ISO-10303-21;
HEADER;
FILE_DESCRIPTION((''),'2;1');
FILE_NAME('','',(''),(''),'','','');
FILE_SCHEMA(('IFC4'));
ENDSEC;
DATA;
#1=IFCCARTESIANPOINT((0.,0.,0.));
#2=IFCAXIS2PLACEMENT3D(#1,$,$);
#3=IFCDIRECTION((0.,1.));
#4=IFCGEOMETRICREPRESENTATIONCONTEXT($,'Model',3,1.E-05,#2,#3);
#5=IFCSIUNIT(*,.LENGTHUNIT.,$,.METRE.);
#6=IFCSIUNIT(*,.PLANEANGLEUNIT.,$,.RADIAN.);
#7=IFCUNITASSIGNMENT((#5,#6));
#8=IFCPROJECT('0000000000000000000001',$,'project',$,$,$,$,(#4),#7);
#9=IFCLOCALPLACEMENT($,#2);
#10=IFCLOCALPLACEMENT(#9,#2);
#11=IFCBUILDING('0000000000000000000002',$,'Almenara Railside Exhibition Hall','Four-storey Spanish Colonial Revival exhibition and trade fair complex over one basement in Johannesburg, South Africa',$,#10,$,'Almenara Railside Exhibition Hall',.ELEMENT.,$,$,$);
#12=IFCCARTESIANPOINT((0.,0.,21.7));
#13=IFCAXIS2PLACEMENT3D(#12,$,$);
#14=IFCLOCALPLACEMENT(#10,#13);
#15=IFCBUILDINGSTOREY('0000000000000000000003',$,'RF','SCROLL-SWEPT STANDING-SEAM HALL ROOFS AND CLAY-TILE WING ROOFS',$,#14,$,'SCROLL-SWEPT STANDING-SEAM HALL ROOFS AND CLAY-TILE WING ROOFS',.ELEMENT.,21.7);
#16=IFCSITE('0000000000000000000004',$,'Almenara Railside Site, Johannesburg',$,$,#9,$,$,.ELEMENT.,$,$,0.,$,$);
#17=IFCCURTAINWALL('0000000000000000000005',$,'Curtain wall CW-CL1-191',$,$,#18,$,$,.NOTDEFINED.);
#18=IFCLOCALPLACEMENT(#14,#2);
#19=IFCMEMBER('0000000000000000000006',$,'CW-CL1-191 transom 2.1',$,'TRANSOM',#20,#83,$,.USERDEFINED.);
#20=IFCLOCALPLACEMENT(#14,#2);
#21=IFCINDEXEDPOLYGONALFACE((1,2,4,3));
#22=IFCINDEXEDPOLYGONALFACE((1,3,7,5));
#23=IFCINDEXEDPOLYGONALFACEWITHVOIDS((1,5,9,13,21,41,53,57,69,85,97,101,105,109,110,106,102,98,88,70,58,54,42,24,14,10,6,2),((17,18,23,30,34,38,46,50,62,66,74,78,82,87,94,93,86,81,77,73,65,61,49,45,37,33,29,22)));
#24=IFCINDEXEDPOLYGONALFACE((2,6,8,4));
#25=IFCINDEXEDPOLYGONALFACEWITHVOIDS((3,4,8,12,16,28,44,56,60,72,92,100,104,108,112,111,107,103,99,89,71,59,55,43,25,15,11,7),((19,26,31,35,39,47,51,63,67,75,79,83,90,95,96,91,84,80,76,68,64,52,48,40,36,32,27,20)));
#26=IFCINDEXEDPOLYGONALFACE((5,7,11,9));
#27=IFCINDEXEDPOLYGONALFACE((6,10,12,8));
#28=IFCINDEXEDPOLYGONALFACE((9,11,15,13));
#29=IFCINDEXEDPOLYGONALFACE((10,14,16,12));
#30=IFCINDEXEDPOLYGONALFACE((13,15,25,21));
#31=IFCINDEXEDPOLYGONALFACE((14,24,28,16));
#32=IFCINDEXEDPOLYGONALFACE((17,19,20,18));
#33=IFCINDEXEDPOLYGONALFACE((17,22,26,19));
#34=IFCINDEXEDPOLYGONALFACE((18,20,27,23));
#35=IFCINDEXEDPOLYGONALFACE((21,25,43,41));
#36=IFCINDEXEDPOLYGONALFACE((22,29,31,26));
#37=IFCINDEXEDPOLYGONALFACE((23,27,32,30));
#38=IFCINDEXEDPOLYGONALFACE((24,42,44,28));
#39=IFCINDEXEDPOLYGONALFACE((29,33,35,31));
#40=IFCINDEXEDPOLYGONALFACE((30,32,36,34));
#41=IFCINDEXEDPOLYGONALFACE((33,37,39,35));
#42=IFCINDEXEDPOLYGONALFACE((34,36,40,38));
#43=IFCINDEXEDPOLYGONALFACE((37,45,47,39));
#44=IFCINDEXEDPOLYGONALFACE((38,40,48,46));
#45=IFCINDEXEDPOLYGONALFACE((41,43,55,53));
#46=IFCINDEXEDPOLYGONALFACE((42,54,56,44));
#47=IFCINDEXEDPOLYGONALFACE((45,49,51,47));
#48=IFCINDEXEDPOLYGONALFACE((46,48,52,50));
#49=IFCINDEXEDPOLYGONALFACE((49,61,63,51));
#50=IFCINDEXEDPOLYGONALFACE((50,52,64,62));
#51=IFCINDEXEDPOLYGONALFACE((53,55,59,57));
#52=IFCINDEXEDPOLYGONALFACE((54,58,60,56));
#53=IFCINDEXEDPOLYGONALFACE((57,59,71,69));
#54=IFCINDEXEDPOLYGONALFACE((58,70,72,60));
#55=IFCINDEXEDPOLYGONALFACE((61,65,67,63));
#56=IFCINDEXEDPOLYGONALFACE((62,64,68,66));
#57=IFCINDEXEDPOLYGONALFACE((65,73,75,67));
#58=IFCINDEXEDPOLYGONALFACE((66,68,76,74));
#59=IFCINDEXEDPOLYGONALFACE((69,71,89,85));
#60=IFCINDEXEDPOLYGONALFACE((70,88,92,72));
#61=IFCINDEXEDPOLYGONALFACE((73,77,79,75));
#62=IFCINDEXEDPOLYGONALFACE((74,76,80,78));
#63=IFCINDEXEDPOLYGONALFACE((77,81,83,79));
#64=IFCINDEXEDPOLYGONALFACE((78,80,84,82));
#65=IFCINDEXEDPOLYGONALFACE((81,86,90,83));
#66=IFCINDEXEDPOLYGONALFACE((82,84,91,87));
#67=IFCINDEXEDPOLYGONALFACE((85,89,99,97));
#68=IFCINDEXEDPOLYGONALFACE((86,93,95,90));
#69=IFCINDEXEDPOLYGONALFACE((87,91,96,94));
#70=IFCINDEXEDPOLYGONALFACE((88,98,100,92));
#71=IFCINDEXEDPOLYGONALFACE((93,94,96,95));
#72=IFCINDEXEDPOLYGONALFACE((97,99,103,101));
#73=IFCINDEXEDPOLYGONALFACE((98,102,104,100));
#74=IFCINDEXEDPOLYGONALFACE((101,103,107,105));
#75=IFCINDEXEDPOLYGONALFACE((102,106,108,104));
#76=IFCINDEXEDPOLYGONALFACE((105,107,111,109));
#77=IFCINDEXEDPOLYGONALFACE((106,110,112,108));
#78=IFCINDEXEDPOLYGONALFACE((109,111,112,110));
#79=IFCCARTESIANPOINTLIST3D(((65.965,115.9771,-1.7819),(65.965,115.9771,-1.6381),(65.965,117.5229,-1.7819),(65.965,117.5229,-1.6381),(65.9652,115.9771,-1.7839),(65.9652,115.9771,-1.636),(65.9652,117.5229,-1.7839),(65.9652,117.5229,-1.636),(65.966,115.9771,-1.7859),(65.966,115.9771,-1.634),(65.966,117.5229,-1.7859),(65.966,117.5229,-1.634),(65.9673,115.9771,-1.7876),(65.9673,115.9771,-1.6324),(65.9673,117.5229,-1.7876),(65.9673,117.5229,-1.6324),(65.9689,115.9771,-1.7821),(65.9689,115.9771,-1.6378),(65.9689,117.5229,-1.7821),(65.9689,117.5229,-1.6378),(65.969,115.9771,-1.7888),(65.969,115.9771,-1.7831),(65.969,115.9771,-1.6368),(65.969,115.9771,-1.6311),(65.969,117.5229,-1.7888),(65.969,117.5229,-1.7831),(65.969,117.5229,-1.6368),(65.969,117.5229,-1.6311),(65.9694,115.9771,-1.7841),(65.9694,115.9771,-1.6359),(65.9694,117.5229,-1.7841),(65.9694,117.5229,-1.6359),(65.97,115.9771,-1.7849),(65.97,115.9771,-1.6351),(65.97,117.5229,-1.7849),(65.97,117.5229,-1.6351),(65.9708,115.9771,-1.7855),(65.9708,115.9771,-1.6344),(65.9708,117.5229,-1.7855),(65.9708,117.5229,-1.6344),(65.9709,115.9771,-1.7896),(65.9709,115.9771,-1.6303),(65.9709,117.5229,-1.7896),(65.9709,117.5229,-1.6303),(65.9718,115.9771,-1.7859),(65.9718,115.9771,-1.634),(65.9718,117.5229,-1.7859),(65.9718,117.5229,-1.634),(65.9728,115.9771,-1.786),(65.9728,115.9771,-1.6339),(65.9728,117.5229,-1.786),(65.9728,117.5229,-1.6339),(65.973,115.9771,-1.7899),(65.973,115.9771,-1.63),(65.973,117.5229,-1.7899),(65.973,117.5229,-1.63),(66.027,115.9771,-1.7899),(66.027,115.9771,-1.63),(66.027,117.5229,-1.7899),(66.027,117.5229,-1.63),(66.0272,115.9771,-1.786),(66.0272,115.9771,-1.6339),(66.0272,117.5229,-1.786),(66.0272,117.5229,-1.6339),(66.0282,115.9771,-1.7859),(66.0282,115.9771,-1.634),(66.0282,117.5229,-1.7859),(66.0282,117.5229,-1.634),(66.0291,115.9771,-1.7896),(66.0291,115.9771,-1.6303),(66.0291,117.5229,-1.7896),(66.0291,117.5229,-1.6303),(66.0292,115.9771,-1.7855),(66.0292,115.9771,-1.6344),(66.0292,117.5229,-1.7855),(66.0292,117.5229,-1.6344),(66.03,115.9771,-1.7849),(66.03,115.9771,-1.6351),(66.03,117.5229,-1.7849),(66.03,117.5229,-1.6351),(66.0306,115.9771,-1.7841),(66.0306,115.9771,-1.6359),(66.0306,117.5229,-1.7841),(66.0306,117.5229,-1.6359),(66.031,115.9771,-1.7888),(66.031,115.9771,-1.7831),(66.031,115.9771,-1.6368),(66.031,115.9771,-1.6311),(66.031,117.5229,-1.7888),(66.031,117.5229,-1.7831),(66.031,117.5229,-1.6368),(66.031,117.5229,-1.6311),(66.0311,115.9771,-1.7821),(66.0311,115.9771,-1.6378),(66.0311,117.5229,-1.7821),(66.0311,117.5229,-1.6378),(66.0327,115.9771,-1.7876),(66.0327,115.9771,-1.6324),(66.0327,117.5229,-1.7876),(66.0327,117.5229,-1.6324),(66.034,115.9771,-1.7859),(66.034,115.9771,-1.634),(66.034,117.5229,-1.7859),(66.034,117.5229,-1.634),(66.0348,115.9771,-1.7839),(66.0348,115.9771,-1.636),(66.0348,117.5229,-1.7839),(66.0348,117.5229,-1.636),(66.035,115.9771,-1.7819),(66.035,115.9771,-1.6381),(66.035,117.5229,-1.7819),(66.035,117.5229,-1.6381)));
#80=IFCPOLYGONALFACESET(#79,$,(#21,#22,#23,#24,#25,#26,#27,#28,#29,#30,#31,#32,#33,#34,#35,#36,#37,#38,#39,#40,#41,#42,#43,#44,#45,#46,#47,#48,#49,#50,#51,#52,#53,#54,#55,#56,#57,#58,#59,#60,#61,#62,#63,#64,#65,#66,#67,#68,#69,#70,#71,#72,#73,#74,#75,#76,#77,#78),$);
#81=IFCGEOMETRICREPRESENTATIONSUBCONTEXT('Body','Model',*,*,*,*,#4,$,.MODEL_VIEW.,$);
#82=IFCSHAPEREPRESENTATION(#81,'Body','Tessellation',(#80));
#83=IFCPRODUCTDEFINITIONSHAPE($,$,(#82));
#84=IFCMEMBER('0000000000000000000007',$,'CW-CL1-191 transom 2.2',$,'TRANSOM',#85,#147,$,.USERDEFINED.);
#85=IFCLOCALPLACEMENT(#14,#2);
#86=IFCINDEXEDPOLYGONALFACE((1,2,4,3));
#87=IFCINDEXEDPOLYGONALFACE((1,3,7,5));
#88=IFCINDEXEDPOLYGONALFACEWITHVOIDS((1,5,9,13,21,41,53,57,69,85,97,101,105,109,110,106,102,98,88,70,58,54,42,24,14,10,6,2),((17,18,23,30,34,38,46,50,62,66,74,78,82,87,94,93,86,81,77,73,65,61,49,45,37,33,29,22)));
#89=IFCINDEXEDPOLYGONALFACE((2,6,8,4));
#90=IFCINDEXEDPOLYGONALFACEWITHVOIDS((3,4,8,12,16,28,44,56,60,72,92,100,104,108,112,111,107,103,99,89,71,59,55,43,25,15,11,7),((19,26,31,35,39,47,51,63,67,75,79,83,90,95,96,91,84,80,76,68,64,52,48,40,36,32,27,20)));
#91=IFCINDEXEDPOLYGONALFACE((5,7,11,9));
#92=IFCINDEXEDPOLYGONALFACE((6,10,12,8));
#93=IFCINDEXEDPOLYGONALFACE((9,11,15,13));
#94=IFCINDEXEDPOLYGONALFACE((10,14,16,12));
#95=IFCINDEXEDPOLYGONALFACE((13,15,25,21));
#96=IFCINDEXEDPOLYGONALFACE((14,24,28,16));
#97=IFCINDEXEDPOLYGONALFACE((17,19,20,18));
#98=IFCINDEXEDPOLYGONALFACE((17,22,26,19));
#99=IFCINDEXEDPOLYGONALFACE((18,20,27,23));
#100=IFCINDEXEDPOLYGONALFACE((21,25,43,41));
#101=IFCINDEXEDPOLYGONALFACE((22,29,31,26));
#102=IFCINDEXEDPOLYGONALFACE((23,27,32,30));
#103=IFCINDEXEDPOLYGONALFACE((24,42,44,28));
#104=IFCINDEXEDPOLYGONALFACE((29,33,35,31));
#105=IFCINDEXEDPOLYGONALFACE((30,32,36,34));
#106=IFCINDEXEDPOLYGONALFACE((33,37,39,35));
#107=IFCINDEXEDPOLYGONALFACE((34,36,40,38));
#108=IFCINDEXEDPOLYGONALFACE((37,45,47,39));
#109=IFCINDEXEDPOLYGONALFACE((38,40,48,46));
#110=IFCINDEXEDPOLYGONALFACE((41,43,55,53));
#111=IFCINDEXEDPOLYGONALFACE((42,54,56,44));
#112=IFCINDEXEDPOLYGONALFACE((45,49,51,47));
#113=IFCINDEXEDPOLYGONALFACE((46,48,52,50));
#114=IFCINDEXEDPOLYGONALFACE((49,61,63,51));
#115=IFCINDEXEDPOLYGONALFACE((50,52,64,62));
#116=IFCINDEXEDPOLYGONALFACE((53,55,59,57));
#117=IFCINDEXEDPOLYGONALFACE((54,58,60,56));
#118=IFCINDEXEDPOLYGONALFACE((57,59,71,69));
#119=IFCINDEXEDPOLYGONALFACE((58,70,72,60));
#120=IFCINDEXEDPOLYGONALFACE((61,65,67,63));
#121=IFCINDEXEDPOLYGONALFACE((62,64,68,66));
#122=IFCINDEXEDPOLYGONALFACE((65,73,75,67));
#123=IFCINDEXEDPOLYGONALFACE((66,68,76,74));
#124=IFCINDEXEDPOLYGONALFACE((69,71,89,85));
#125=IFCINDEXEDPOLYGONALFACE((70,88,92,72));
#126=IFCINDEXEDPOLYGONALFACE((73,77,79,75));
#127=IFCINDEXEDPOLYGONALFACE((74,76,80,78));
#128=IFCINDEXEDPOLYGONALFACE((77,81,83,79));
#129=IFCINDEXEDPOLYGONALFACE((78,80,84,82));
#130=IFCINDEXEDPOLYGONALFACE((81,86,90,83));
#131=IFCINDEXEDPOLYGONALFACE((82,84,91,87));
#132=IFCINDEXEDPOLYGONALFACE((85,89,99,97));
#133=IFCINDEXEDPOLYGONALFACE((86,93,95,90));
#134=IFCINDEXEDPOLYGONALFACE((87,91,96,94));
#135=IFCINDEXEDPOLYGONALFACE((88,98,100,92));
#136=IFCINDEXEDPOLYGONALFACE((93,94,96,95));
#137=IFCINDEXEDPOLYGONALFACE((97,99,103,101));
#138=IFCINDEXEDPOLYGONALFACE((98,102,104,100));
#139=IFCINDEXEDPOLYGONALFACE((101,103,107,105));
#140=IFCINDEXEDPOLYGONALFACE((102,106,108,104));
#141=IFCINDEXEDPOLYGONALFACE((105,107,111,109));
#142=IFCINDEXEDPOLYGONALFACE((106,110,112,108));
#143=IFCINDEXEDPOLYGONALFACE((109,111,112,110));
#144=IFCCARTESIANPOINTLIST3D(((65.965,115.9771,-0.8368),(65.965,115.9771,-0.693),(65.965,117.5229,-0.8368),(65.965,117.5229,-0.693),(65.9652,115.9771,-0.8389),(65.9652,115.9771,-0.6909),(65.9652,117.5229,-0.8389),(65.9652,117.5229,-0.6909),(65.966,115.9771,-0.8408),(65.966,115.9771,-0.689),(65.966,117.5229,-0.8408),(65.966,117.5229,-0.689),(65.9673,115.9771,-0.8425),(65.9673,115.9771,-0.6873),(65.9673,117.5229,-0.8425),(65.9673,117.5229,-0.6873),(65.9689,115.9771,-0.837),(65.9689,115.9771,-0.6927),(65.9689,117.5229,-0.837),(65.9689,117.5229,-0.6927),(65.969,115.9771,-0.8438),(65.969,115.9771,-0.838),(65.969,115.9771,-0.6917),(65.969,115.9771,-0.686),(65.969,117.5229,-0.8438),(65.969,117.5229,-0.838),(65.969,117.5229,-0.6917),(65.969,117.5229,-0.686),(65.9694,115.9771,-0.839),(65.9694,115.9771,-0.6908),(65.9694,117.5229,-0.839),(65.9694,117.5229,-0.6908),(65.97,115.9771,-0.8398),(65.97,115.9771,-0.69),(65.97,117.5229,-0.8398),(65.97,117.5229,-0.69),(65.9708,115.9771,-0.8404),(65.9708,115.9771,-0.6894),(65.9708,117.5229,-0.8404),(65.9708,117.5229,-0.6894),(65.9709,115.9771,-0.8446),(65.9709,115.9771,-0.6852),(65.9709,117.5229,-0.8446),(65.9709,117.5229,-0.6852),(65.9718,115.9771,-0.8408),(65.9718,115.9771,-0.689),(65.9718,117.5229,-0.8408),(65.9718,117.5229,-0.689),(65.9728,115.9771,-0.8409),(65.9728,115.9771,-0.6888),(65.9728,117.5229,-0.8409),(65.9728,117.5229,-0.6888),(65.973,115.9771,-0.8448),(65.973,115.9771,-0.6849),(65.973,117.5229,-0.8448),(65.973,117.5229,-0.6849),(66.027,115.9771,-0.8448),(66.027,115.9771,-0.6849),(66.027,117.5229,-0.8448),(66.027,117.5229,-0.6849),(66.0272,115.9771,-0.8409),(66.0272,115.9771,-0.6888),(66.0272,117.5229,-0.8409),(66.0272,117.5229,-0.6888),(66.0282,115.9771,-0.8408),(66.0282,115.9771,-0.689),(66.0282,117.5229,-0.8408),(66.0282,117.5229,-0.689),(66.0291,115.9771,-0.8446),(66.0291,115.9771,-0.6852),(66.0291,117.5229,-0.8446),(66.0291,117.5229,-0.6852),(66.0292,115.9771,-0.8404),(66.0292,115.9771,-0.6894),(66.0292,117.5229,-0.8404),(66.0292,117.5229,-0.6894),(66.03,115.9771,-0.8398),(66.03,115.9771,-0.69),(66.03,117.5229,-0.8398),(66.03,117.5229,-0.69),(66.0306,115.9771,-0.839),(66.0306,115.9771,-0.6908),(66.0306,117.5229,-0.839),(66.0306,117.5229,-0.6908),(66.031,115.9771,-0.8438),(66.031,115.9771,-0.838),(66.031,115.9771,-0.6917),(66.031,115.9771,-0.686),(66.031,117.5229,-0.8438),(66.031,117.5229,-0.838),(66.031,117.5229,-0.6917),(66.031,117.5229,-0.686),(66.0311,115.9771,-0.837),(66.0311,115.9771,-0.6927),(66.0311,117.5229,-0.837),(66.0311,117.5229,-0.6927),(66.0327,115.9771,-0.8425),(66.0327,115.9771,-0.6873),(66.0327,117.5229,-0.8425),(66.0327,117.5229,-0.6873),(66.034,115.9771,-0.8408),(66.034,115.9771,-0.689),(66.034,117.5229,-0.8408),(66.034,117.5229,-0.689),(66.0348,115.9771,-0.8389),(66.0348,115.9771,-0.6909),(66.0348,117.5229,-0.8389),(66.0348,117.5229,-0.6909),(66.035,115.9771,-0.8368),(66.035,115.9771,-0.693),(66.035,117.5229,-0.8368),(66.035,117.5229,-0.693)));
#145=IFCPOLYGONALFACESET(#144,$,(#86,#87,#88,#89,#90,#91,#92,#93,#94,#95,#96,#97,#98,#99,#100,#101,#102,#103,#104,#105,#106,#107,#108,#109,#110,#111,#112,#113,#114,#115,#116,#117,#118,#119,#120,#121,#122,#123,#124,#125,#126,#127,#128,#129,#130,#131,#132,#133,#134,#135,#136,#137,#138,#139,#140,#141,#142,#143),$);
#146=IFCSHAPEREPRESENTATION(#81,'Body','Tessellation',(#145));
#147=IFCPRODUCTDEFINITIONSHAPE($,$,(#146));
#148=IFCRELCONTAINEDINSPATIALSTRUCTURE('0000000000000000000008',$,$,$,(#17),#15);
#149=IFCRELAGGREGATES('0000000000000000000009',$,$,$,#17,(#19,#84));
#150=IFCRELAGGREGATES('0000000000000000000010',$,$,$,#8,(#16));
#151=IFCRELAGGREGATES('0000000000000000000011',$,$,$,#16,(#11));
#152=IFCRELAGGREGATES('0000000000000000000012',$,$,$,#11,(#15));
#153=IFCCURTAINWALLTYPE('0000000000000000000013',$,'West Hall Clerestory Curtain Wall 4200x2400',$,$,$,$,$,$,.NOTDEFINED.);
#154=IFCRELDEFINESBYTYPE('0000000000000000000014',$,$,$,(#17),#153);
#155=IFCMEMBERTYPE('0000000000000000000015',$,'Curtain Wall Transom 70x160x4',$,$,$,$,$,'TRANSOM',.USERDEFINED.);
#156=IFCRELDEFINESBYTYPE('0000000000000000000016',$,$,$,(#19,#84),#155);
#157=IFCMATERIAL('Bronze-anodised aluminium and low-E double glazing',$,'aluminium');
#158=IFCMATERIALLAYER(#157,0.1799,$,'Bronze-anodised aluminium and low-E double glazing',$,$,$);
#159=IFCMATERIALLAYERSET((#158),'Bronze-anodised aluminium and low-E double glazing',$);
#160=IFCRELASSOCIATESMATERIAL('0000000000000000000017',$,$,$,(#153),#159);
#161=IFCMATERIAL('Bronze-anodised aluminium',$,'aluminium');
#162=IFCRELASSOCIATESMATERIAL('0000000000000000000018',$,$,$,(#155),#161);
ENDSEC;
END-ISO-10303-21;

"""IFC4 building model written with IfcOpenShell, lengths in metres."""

from ifc_helpers import new_model, si_unit, direction, frame, origin, origin_2d, place, context, subcontext, project, spatial, hollow_rectangle, extrude, material, layer, layer_set, material_profile, profile_set, type_object, element, aggregate, save


model = new_model("IFC4")

# Units and contexts
model_context = context("Model", 3, precision=1e-05, world=origin(), true_north=direction((0.0, 1.0)))
body_context = subcontext(model_context, "Body", "Model", "MODEL_VIEW")
ifc_project = project(units=[si_unit("LENGTHUNIT", "METRE"), si_unit("PLANEANGLEUNIT", "RADIAN")], contexts=[model_context])

# Site, building, storey
site_placement = place(None, origin())
site = spatial("IfcSite", under=ifc_project, at=site_placement, Name="Almenara Railside Site, Johannesburg", CompositionType="ELEMENT", RefElevation=0.0)
building_placement = place(site_placement, origin())
building = spatial("IfcBuilding", under=site, at=building_placement, Name="Almenara Railside Exhibition Hall", Description="Four-storey Spanish Colonial Revival exhibition and trade fair complex over one basement in Johannesburg, South Africa", LongName="Almenara Railside Exhibition Hall", CompositionType="ELEMENT")
storey_placement = place(building_placement, frame((0.0, 0.0, 21.7)))
storey = spatial("IfcBuildingStorey", under=building, at=storey_placement, Name="RF", Description="SCROLL-SWEPT STANDING-SEAM HALL ROOFS AND CLAY-TILE WING ROOFS", LongName="SCROLL-SWEPT STANDING-SEAM HALL ROOFS AND CLAY-TILE WING ROOFS", CompositionType="ELEMENT", Elevation=21.7)

# Curtain wall
ifc_material_1 = material(Name="Bronze-anodised aluminium and low-E double glazing", Category="aluminium")
ifc_layer_1 = layer(ifc_material_1, 0.1799, Name="Bronze-anodised aluminium and low-E double glazing")
ifc_layer_set_1 = layer_set([ifc_layer_1], Name="Bronze-anodised aluminium and low-E double glazing")
curtain_wall_type = type_object("IfcCurtainWallType", Name="West Hall Clerestory Curtain Wall 4200x2400", PredefinedType="NOTDEFINED", material=ifc_layer_set_1)
ifc_material_2 = material(Name="Bronze-anodised aluminium", Category="aluminium")
curtain_wall_1_placement = place(storey_placement, origin())
curtain_wall_1 = element("IfcCurtainWall", 1, at=curtain_wall_1_placement, inside=storey, type_object=curtain_wall_type, Name="Curtain wall CW-CL1-191", PredefinedType="NOTDEFINED")

# Members
ifc_material_profile_1 = material_profile(ifc_material_2, hollow_rectangle(XDim=0.0701, YDim=0.1599, WallThickness=0.0039, InnerFilletRadius=0.0039, OuterFilletRadius=0.0081, at=origin_2d()), Name="ALU-TRN 70x160x4")
ifc_profile_set_1 = profile_set([ifc_material_profile_1], Name="Bronze-anodised aluminium")
member_type_1 = type_object("IfcMemberType", Name="Curtain Wall Transom 70x160x4", ElementType="TRANSOM", PredefinedType="USERDEFINED", material=ifc_profile_set_1)
member_1_placement = place(storey_placement, frame((66.0, 115.9771, -1.71), z_axis=(0.0, 1.0, 0.0), x_axis=(-1.0, 0.0, 0.0)))
member_1 = element("IfcMember", 2, at=member_1_placement, type_object=member_type_1, Name="CW-CL1-191 transom 2.1", ObjectType="TRANSOM", PredefinedType="USERDEFINED", context=body_context, shape_type="SweptSolid", body=[
    extrude(hollow_rectangle(XDim=0.0701, YDim=0.1599, WallThickness=0.0039, InnerFilletRadius=0.0039, OuterFilletRadius=0.0081, at=origin_2d()), origin(), (0.0, 0.0, 1.0), 1.5459),
])
member_2_placement = place(storey_placement, frame((66.0, 115.9771, -0.7649), z_axis=(0.0, 1.0, 0.0), x_axis=(-1.0, 0.0, 0.0)))
member_2 = element("IfcMember", 3, at=member_2_placement, type_object=member_type_1, Name="CW-CL1-191 transom 2.2", ObjectType="TRANSOM", PredefinedType="USERDEFINED", context=body_context, shape_type="SweptSolid", body=[
    extrude(hollow_rectangle(XDim=0.0701, YDim=0.1599, WallThickness=0.0039, InnerFilletRadius=0.0039, OuterFilletRadius=0.0081, at=origin_2d()), origin(), (0.0, 0.0, 1.0), 1.5459),
])

aggregate(curtain_wall_1, [member_1, member_2])

save(model, "model.ifc")
